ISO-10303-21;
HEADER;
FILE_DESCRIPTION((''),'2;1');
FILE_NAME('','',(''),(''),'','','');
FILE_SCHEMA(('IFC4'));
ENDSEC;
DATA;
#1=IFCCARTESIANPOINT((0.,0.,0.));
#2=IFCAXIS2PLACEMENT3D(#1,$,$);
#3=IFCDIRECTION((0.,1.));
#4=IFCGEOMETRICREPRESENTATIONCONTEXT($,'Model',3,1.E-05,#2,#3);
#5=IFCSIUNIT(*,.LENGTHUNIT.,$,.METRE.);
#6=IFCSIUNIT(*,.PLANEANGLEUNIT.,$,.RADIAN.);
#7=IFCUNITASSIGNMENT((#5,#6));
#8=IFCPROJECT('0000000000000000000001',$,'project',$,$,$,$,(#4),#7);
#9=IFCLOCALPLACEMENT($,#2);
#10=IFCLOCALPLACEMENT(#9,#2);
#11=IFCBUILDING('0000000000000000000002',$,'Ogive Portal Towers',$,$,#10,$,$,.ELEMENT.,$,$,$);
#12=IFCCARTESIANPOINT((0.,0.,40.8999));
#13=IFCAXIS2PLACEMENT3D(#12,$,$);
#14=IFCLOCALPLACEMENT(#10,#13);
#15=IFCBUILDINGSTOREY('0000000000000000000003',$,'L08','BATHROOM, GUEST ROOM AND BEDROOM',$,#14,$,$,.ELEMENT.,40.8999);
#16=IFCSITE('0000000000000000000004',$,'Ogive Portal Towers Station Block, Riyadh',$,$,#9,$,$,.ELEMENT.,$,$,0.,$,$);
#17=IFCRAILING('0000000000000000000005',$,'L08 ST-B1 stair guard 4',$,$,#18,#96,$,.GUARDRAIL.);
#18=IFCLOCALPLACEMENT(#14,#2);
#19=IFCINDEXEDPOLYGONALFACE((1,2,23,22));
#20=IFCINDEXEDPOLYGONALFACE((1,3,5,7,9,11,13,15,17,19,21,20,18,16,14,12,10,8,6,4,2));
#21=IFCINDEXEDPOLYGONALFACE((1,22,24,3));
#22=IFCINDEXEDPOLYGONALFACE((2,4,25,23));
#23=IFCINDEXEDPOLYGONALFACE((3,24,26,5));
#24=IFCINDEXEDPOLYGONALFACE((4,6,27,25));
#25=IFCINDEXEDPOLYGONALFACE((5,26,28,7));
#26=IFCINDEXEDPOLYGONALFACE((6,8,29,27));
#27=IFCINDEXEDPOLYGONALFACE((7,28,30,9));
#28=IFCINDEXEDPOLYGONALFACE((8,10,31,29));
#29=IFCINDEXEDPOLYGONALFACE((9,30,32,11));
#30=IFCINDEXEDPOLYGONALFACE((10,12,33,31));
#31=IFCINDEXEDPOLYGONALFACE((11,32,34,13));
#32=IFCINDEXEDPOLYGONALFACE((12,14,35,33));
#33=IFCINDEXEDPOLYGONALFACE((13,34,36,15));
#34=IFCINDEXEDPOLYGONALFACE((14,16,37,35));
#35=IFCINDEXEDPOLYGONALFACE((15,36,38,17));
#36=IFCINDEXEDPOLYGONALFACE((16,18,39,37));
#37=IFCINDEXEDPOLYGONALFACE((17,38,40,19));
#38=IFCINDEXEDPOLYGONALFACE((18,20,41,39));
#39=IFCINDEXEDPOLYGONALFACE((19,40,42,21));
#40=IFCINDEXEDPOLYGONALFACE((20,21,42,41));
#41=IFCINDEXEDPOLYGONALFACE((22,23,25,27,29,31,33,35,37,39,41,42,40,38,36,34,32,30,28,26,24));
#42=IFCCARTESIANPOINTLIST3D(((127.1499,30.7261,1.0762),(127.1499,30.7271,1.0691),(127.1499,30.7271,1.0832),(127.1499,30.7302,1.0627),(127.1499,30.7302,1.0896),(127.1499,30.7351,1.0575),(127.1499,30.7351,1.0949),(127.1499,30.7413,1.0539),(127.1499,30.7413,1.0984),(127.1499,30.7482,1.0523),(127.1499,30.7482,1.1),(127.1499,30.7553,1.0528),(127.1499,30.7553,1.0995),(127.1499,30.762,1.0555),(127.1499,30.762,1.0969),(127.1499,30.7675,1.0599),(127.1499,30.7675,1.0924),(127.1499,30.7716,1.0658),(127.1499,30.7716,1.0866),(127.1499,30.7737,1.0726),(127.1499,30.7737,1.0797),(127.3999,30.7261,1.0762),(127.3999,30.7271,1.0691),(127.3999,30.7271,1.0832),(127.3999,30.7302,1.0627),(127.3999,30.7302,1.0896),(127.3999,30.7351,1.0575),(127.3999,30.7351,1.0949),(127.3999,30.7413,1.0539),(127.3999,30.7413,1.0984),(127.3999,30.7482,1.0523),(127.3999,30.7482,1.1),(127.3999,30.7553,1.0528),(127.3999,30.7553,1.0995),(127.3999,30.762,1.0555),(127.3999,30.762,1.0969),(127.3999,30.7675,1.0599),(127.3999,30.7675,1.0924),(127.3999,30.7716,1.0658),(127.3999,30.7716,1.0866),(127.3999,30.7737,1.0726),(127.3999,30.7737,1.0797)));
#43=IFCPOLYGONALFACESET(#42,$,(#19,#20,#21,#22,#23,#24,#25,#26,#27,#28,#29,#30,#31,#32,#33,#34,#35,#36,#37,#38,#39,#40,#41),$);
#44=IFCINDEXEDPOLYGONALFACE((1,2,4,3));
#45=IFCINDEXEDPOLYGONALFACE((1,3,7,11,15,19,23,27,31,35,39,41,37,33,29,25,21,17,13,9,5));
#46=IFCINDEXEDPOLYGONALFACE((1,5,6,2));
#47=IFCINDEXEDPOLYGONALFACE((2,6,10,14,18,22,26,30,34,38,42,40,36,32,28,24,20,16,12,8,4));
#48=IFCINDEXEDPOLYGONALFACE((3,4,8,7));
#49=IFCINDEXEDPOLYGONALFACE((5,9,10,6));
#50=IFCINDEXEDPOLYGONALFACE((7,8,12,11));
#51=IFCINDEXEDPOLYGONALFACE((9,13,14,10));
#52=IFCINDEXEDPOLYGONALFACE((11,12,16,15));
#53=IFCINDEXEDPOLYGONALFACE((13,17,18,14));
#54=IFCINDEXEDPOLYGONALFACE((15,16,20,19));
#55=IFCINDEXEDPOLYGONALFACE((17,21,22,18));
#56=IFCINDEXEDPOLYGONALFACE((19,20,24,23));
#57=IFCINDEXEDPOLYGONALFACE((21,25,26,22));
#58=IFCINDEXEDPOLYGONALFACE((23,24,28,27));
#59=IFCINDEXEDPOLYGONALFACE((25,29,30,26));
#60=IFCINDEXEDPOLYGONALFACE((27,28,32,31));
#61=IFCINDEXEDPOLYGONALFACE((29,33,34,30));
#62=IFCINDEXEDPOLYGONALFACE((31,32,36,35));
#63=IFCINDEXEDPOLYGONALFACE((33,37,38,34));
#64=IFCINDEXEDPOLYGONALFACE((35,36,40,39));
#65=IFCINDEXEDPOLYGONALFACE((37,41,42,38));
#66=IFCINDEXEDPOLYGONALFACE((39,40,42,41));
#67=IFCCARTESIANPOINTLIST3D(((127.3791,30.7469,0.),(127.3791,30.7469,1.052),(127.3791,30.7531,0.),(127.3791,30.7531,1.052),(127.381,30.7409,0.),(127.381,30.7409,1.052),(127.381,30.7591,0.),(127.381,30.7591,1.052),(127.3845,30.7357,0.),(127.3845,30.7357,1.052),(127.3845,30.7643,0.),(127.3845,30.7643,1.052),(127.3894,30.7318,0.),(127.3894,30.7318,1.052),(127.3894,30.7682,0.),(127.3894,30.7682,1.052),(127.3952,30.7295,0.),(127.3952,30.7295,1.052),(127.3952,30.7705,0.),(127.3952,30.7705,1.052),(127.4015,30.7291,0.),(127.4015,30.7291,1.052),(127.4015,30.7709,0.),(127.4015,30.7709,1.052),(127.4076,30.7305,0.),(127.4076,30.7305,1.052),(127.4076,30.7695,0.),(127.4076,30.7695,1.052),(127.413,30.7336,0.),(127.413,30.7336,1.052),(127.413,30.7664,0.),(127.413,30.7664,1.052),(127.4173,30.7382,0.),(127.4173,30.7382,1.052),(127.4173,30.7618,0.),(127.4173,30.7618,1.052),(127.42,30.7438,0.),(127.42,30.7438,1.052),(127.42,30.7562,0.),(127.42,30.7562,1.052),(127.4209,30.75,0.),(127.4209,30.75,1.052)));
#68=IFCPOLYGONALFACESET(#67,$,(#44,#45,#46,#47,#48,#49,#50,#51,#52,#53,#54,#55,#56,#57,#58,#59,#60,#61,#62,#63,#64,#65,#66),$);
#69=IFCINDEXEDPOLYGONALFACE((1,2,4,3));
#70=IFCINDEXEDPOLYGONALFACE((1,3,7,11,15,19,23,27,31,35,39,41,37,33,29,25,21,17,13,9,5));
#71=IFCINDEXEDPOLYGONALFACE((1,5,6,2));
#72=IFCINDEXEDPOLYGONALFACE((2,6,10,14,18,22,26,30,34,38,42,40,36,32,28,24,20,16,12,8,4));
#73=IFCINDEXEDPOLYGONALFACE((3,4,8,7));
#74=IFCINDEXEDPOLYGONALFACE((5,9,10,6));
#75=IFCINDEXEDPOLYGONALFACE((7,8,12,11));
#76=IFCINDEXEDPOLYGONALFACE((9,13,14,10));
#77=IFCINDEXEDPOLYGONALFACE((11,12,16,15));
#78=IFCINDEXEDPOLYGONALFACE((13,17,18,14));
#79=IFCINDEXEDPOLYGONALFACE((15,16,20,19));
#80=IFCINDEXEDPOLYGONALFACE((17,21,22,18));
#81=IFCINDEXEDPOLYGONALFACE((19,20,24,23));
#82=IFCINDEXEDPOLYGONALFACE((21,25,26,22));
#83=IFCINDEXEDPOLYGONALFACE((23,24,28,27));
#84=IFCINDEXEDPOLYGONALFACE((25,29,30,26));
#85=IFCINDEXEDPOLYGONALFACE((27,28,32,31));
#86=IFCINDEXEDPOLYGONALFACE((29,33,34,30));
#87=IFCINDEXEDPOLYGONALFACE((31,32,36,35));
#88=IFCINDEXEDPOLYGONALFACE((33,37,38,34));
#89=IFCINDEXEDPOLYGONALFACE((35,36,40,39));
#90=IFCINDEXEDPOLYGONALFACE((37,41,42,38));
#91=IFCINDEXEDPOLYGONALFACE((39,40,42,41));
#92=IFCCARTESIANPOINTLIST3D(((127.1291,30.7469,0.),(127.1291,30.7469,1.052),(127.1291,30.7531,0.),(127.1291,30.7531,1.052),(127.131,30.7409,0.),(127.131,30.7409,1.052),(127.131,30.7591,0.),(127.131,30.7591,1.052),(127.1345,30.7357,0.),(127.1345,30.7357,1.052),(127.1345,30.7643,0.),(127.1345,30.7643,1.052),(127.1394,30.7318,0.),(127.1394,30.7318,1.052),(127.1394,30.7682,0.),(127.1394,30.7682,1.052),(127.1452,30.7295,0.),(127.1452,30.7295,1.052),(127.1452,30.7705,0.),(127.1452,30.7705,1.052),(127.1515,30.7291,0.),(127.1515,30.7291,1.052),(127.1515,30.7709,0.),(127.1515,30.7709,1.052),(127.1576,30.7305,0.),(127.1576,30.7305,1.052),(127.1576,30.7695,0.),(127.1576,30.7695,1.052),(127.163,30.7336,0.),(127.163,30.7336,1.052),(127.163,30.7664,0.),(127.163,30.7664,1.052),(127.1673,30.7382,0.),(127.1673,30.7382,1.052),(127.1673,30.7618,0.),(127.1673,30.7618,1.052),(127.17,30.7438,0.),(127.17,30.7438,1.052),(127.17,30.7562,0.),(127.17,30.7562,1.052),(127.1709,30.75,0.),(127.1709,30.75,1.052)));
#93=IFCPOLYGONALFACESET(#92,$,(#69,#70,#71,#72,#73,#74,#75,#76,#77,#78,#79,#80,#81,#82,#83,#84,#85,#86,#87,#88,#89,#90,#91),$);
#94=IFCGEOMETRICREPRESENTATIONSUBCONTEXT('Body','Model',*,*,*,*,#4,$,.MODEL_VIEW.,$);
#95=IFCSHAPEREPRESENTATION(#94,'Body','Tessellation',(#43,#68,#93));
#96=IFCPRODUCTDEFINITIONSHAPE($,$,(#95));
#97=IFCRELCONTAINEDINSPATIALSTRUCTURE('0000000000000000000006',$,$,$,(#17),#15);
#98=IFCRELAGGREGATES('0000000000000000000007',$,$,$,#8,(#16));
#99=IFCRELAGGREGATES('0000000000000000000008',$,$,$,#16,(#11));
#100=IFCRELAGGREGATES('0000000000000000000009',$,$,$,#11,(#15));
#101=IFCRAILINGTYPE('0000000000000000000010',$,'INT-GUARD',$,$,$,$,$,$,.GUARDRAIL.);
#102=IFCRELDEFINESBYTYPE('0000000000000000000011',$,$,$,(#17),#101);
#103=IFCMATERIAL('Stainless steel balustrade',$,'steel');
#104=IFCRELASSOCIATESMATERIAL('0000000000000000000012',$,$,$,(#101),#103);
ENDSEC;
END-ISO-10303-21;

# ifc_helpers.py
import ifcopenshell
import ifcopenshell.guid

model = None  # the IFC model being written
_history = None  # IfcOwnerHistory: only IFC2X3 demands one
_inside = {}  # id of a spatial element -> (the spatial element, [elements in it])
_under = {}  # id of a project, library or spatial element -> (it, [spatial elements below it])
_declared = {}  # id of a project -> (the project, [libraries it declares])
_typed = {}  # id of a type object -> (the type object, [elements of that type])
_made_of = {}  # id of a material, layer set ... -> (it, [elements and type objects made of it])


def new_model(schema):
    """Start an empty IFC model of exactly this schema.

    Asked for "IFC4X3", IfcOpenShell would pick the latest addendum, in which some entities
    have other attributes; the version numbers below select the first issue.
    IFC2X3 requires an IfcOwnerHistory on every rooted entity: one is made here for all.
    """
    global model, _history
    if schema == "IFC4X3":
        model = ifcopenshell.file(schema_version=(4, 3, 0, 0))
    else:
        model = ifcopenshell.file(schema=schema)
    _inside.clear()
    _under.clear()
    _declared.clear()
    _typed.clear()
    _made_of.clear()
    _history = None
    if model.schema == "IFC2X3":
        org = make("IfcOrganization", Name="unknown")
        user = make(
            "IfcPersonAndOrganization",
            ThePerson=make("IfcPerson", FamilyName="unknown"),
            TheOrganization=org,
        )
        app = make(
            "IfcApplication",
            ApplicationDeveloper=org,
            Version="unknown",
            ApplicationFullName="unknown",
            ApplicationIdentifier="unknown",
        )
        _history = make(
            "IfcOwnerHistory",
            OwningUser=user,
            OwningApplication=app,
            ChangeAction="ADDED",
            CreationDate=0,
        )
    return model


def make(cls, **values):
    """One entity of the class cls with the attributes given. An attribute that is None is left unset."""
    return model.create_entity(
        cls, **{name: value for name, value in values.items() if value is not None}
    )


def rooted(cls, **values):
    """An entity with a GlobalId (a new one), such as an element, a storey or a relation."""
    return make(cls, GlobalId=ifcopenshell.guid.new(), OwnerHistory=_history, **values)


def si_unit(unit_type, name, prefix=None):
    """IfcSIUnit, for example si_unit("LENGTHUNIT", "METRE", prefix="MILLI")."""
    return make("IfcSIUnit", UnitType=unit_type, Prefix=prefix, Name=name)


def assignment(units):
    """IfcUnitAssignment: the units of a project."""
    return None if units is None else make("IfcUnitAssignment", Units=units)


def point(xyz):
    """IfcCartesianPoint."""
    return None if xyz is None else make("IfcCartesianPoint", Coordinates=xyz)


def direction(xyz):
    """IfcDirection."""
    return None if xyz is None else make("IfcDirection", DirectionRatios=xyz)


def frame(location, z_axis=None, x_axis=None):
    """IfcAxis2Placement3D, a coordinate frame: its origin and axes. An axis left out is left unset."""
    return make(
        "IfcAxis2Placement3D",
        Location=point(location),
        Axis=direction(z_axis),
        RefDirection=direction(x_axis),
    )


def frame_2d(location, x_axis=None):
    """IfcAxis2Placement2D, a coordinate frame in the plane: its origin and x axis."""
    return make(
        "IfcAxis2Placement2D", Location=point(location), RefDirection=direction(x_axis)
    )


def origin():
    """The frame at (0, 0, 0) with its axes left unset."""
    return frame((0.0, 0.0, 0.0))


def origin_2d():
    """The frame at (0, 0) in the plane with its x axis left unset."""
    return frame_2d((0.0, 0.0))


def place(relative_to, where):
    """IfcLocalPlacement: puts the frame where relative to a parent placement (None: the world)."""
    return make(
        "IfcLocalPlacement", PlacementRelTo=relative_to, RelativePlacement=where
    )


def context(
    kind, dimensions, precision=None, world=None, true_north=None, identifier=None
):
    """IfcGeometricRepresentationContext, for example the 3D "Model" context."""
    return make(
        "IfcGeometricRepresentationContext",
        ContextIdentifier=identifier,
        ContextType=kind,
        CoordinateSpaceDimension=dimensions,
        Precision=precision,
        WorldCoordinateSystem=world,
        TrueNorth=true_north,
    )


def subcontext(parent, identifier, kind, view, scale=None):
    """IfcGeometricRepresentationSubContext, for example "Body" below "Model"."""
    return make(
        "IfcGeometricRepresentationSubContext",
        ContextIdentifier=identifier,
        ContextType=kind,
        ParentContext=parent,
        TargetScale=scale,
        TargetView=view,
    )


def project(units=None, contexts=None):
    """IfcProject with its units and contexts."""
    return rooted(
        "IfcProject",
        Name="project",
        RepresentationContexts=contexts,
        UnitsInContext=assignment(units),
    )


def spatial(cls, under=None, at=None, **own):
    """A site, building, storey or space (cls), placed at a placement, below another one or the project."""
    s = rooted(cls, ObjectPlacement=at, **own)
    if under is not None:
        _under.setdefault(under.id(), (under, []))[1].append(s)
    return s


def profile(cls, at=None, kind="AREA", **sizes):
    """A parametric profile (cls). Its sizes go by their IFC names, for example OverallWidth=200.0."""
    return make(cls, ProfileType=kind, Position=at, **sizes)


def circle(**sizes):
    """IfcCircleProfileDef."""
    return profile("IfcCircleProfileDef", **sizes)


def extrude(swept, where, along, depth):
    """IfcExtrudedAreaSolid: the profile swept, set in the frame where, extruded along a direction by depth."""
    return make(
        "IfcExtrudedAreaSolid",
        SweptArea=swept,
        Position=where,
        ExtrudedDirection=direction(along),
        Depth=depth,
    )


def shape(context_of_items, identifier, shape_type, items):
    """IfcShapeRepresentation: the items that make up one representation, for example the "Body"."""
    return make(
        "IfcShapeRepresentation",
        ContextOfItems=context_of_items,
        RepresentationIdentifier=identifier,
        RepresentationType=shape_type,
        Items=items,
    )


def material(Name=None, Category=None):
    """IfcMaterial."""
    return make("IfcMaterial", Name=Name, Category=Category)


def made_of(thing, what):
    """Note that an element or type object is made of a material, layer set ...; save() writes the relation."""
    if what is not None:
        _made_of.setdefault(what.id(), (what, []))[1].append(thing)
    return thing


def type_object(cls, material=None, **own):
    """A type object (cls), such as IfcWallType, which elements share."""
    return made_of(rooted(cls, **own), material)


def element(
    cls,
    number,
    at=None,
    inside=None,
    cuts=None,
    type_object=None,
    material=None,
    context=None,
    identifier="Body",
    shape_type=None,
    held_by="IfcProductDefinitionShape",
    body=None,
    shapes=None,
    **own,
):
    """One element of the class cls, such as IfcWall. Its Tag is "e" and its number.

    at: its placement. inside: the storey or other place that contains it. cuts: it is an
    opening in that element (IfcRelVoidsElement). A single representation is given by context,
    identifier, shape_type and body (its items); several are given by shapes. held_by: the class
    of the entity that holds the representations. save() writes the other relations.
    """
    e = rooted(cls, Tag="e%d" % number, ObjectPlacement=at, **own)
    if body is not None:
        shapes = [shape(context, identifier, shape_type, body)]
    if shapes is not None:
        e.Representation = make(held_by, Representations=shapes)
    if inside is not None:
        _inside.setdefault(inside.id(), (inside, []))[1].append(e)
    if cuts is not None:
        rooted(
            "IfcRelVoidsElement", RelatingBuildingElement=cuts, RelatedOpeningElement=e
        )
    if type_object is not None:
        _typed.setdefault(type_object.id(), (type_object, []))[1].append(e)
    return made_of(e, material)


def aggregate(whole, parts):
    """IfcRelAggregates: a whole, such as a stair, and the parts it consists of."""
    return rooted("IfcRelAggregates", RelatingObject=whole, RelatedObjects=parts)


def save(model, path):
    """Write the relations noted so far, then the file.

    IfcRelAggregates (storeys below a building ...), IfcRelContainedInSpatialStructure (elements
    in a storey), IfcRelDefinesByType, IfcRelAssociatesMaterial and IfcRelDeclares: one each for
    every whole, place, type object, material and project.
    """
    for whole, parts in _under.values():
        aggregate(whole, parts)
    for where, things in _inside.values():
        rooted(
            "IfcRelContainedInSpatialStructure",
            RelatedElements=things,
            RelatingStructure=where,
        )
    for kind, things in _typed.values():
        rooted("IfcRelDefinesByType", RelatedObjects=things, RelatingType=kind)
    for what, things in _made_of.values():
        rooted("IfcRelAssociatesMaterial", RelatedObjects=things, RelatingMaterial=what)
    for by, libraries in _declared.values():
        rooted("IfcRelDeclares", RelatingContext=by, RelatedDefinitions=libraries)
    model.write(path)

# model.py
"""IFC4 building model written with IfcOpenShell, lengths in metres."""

from ifc_helpers import new_model, si_unit, direction, frame, origin, origin_2d, place, context, subcontext, project, spatial, circle, extrude, material, type_object, element, save


model = new_model("IFC4")

# Units and contexts
model_context = context("Model", 3, precision=1e-05, world=origin(), true_north=direction((0.0, 1.0)))
body_context = subcontext(model_context, "Body", "Model", "MODEL_VIEW")
ifc_project = project(units=[si_unit("LENGTHUNIT", "METRE"), si_unit("PLANEANGLEUNIT", "RADIAN")], contexts=[model_context])

# Site, building, storey
site_placement = place(None, origin())
site = spatial("IfcSite", under=ifc_project, at=site_placement, Name="Ogive Portal Towers Station Block, Riyadh", CompositionType="ELEMENT", RefElevation=0.0)
building_placement = place(site_placement, origin())
building = spatial("IfcBuilding", under=site, at=building_placement, Name="Ogive Portal Towers", CompositionType="ELEMENT")
storey_placement = place(building_placement, frame((0.0, 0.0, 40.8999)))
storey = spatial("IfcBuildingStorey", under=building, at=storey_placement, Name="L08", Description="BATHROOM, GUEST ROOM AND BEDROOM", CompositionType="ELEMENT", Elevation=40.8999)

# Railing
ifc_material_1 = material(Name="Stainless steel balustrade", Category="steel")
railing_type_1 = type_object("IfcRailingType", Name="INT-GUARD", PredefinedType="GUARDRAIL", material=ifc_material_1)
railing_1_placement = place(storey_placement, frame((127.3999, 30.75, 0.0)))
element("IfcRailing", 1, at=railing_1_placement, inside=storey, type_object=railing_type_1, Name="L08 ST-B1 stair guard 4", PredefinedType="GUARDRAIL", context=body_context, shape_type="SweptSolid", body=[
    extrude(circle(Radius=0.0239, at=origin_2d()), frame((0.0, 0.0, 1.0762), z_axis=(-1.0, 0.0, 0.0), x_axis=(0.0, -1.0, 0.0)), (0.0, 0.0, 1.0), 0.25),
    extrude(circle(Radius=0.021, at=origin_2d()), origin(), (0.0, 0.0, 1.0), 1.052),
    extrude(circle(Radius=0.021, at=origin_2d()), frame((-0.25, 0.0, 0.0)), (0.0, 0.0, 1.0), 1.052),
])

save(model, "model.ifc")
